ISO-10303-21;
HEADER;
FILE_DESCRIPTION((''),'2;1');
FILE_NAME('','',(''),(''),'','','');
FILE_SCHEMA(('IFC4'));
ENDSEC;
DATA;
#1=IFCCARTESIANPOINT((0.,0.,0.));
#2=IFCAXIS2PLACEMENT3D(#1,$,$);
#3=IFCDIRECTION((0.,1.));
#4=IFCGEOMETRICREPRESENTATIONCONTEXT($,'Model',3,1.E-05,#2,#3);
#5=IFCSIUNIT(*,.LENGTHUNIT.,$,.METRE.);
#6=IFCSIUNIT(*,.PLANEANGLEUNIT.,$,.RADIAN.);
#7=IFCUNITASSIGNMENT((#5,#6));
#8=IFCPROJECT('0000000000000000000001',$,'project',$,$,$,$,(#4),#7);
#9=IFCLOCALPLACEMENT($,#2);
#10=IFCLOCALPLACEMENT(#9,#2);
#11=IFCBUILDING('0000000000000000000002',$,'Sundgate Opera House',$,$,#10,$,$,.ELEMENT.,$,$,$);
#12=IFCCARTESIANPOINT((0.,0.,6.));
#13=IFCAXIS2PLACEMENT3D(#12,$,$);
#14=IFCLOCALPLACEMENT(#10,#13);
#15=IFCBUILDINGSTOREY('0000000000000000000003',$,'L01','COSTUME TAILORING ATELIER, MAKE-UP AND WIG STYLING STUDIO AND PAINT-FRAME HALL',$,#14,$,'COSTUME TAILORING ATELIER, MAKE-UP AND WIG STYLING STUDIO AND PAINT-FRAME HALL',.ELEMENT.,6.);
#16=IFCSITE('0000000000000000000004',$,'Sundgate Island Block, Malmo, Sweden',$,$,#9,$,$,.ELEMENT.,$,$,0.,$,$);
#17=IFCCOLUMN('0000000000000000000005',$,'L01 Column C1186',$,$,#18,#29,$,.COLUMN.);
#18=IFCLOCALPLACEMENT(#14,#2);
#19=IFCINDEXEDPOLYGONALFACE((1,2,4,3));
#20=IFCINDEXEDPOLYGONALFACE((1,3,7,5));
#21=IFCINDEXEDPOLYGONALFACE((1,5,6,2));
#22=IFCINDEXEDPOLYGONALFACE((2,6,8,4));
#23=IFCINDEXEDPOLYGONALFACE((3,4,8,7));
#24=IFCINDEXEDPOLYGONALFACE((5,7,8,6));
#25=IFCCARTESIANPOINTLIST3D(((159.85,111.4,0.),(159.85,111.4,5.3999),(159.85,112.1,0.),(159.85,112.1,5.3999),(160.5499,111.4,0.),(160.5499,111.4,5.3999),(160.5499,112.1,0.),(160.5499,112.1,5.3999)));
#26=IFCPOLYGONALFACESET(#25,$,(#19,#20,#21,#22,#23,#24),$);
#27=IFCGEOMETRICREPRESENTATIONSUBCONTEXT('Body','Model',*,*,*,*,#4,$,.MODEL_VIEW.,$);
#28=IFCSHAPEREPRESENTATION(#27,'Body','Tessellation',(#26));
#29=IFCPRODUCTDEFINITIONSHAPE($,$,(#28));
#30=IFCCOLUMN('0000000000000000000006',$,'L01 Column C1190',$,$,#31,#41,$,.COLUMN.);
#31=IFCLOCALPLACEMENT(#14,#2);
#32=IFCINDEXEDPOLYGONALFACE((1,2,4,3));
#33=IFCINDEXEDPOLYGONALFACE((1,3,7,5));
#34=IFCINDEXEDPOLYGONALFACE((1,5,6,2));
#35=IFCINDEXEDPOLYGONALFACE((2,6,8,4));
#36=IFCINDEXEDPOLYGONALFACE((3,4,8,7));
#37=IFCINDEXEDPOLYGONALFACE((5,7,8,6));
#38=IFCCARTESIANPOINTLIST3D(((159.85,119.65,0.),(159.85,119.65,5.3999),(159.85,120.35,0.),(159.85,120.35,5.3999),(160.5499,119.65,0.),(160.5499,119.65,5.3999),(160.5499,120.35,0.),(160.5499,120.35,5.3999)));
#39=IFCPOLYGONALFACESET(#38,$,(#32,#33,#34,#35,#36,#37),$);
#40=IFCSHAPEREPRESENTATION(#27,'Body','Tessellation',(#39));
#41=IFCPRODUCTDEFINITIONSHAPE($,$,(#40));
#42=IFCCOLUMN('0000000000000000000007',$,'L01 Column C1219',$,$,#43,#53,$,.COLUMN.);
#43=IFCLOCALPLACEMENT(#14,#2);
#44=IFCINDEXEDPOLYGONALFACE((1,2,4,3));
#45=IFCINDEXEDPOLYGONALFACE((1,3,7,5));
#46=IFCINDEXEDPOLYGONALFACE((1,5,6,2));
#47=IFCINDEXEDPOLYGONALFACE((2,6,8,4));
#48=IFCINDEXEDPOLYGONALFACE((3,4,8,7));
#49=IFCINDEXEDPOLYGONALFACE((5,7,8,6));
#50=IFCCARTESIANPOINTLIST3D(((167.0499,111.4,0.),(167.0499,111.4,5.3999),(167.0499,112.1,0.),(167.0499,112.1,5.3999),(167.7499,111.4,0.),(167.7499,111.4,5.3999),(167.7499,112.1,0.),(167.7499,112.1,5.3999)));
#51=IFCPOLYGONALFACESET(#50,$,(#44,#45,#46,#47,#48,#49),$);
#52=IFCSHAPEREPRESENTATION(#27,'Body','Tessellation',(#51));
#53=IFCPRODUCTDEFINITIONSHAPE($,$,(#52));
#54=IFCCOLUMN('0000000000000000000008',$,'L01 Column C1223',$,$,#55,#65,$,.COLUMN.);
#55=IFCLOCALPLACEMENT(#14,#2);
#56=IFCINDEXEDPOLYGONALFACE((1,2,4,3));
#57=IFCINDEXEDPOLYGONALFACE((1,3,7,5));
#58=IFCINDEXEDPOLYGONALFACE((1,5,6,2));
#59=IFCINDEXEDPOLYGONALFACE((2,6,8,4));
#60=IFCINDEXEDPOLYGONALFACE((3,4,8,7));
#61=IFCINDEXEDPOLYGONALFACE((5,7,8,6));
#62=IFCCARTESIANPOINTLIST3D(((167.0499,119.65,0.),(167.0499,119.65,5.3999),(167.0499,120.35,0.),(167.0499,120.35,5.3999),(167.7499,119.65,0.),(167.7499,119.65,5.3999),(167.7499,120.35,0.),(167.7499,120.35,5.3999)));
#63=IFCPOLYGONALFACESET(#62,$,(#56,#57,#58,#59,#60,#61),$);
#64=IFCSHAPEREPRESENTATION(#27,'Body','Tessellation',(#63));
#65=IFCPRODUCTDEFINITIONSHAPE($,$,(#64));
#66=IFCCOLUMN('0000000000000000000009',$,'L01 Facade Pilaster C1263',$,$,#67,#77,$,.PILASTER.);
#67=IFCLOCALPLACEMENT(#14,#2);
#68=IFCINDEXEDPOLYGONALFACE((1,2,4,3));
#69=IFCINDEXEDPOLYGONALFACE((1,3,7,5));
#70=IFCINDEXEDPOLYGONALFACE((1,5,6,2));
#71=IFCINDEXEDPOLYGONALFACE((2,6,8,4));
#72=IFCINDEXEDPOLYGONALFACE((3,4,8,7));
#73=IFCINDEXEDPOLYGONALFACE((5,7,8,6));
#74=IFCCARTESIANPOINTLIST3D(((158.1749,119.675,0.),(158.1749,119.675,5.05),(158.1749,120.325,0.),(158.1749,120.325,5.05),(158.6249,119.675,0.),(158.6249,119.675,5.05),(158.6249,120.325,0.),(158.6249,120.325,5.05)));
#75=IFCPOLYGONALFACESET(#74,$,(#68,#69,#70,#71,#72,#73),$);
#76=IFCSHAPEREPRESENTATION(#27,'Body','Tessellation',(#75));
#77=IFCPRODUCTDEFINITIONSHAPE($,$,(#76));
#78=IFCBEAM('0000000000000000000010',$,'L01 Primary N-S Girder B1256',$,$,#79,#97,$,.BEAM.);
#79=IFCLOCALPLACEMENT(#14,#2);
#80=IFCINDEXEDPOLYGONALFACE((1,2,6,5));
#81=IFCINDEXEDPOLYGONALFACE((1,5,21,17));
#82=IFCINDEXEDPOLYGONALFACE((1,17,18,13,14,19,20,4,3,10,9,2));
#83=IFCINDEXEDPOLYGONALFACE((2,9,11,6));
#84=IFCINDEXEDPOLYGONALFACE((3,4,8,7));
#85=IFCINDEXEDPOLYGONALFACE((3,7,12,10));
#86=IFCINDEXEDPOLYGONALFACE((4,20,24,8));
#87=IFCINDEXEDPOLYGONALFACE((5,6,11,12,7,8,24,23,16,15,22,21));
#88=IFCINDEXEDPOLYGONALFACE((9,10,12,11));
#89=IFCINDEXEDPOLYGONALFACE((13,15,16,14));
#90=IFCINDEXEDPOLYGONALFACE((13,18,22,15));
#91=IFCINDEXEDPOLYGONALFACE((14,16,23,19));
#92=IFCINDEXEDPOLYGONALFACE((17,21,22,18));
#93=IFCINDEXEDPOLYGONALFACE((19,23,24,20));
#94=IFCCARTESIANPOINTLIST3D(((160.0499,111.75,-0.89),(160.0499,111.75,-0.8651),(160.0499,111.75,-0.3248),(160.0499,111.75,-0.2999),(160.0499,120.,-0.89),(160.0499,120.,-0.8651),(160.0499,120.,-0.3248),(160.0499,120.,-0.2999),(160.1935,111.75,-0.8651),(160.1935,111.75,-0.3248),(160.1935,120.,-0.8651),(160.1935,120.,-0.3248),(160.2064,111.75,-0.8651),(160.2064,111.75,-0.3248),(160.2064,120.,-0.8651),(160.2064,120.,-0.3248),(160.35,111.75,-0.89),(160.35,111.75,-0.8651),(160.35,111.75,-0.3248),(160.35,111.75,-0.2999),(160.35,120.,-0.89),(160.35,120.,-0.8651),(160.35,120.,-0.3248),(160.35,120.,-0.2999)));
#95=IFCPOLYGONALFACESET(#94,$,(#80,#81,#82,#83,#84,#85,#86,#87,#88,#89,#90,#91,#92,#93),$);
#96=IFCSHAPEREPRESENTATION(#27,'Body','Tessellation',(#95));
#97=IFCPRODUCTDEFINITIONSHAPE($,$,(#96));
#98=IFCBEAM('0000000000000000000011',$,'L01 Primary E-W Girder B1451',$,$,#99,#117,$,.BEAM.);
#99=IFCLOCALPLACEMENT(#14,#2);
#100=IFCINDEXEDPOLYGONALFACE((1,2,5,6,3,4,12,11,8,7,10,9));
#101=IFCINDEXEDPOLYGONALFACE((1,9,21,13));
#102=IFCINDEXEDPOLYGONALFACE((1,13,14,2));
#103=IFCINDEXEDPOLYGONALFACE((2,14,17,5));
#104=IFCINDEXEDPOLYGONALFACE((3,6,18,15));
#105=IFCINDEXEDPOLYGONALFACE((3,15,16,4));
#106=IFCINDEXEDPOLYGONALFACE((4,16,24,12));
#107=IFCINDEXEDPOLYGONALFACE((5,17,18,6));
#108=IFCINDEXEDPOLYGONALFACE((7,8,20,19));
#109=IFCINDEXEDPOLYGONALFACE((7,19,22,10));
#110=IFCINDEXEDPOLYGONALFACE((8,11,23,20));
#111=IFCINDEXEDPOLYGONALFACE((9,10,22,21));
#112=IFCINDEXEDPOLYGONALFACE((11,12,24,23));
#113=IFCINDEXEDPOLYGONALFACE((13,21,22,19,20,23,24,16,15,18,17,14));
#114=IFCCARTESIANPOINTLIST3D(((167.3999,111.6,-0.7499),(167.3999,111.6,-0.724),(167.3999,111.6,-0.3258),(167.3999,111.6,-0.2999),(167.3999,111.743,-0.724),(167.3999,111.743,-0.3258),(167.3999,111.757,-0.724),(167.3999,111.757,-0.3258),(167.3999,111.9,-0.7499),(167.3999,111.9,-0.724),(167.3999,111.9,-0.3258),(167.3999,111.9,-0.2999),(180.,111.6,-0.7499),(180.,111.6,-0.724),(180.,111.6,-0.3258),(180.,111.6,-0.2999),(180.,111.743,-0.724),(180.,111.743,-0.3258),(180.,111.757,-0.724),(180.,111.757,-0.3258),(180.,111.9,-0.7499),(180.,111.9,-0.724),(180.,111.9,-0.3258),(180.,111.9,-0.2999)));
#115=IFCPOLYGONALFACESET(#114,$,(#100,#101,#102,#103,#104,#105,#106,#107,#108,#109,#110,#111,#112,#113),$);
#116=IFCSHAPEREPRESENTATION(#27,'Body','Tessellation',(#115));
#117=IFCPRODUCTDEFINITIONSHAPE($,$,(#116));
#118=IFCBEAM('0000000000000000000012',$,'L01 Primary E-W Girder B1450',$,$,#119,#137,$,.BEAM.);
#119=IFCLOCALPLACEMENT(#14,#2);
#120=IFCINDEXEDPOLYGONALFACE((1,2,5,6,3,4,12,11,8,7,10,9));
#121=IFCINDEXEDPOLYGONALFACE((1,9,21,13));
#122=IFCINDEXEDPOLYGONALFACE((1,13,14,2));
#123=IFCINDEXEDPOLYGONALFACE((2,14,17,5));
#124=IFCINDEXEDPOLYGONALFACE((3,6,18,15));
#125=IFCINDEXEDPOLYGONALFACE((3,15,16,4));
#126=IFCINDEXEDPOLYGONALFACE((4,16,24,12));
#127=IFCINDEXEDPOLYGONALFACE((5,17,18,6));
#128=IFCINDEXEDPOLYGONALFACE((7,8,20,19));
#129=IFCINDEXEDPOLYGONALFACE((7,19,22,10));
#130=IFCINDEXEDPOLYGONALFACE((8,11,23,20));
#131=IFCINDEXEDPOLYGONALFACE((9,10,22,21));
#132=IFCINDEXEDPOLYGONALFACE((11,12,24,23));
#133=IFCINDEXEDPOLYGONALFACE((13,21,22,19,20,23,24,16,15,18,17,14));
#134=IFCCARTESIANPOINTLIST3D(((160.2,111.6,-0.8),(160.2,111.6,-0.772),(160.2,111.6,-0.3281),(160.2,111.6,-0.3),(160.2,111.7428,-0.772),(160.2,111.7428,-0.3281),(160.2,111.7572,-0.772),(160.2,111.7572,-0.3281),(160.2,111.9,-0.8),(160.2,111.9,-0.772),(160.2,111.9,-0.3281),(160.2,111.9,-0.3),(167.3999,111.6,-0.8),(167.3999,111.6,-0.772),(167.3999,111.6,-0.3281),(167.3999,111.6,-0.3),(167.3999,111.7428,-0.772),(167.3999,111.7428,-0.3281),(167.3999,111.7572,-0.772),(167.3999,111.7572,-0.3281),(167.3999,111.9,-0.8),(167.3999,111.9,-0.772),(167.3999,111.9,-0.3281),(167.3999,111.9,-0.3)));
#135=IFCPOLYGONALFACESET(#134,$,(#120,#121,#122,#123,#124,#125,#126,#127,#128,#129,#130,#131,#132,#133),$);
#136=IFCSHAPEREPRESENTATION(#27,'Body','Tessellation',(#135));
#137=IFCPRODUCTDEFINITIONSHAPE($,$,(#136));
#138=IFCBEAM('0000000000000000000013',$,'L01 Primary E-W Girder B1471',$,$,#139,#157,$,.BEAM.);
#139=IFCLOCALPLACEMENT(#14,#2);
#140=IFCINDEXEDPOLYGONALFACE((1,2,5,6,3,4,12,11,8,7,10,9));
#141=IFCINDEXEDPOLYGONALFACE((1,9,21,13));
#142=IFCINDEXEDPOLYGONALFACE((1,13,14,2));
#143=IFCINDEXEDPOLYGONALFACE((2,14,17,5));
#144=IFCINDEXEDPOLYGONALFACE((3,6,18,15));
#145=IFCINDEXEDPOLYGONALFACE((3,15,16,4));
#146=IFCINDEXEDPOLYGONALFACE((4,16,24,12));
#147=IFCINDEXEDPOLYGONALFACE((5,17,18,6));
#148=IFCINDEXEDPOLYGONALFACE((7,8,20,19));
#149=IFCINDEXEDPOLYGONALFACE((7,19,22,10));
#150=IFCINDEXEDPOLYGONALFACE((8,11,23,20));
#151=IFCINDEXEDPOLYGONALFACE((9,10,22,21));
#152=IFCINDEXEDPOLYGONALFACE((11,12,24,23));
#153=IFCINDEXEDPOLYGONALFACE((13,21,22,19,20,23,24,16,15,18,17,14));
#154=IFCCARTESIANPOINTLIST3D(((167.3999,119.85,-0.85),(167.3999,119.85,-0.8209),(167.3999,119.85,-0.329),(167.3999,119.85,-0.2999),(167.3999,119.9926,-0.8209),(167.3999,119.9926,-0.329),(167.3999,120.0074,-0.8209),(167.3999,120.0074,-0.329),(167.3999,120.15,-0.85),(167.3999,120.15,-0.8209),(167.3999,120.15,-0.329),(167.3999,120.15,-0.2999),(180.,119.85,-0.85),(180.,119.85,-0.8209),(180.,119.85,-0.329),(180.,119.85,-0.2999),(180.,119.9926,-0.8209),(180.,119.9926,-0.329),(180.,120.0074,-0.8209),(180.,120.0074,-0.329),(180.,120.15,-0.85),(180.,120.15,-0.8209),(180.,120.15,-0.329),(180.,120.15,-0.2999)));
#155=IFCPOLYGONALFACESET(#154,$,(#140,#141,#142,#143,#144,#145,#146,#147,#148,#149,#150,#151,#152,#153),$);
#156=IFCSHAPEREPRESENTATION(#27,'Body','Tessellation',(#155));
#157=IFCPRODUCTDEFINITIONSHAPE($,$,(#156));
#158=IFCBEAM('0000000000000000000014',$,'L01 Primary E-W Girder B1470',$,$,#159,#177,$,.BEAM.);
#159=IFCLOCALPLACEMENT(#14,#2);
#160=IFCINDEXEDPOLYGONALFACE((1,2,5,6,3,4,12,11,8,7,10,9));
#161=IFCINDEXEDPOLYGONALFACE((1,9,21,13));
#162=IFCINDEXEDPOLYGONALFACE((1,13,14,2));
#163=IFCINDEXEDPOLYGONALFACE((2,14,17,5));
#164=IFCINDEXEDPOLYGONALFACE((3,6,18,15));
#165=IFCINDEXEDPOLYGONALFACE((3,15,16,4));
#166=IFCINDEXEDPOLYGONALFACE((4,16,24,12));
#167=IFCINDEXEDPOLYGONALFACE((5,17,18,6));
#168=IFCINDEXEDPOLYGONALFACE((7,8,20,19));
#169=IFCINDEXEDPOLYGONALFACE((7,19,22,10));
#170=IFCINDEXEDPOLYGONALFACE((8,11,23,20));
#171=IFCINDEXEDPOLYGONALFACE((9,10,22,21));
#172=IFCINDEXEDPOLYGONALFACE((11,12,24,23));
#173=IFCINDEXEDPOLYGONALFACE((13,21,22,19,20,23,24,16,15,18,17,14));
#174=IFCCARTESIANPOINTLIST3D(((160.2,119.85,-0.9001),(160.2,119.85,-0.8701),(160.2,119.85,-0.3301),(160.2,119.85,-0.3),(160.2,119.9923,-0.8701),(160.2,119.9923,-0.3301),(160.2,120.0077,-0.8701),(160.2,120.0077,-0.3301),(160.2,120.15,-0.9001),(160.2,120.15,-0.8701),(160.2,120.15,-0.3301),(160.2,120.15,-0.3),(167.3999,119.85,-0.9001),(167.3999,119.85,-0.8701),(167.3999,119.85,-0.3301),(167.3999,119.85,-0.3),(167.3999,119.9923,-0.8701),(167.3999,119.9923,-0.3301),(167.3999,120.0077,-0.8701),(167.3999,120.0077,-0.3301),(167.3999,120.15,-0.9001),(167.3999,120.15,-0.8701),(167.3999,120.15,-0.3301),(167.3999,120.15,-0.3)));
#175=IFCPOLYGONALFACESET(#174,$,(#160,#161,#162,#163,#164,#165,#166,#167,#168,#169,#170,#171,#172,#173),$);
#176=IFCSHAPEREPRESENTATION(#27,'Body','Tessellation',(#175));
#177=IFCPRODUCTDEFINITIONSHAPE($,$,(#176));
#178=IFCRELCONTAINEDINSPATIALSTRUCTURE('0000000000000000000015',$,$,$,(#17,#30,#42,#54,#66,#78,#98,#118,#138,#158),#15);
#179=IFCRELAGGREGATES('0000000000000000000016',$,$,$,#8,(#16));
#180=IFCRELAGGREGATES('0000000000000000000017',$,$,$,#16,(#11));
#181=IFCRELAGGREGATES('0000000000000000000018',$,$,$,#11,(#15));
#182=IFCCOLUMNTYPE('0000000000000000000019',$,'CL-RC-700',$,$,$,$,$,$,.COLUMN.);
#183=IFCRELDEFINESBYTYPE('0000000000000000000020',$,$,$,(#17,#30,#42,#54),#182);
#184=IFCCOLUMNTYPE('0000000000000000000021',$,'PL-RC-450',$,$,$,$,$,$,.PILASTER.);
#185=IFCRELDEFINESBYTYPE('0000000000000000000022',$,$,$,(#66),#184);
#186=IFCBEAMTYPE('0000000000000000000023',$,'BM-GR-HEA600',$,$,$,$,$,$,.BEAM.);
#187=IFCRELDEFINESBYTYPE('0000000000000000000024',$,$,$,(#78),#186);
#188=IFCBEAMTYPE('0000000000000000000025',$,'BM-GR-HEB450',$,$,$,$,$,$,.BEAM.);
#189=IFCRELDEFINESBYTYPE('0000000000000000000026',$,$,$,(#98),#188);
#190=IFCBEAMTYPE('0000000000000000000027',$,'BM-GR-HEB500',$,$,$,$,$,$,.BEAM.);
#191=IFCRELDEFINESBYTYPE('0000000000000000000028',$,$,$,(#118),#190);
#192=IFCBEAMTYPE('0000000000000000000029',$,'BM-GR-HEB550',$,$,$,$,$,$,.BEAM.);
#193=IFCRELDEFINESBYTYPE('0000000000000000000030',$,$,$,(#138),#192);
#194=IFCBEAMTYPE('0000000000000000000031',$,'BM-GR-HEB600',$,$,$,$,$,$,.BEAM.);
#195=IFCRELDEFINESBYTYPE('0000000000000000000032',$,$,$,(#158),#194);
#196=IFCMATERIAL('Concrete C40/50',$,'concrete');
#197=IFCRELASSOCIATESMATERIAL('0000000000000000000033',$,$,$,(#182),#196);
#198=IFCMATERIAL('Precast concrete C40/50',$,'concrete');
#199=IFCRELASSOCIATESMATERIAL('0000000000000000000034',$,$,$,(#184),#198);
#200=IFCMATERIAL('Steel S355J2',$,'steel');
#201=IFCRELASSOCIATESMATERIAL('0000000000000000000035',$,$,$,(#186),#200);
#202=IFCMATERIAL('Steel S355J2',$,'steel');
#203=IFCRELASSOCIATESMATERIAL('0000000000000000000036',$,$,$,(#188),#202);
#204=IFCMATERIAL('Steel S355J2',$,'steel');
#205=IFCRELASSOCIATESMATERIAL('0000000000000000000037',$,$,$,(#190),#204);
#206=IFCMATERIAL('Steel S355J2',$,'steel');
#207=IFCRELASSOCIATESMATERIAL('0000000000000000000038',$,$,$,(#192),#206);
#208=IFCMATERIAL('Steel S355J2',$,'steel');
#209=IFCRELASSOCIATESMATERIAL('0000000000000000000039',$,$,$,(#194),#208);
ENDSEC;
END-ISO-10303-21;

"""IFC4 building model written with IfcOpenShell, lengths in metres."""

from ifc_helpers import new_model, si_unit, direction, frame, origin, origin_2d, place, context, subcontext, project, spatial, rectangle, i_section, extrude, material, material_profile, profile_set, type_object, element, save


model = new_model("IFC4")

# Units and contexts
model_context = context("Model", 3, precision=1e-05, world=origin(), true_north=direction((0.0, 1.0)))
body_context = subcontext(model_context, "Body", "Model", "MODEL_VIEW")
ifc_project = project(units=[si_unit("LENGTHUNIT", "METRE"), si_unit("PLANEANGLEUNIT", "RADIAN")], contexts=[model_context])

# Site, building, storey
site_placement = place(None, origin())
site = spatial("IfcSite", under=ifc_project, at=site_placement, Name="Sundgate Island Block, Malmo, Sweden", CompositionType="ELEMENT", RefElevation=0.0)
building_placement = place(site_placement, origin())
building = spatial("IfcBuilding", under=site, at=building_placement, Name="Sundgate Opera House", CompositionType="ELEMENT")
storey_placement = place(building_placement, frame((0.0, 0.0, 6.0)))
storey = spatial("IfcBuildingStorey", under=building, at=storey_placement, Name="L01", Description="COSTUME TAILORING ATELIER, MAKE-UP AND WIG STYLING STUDIO AND PAINT-FRAME HALL", LongName="COSTUME TAILORING ATELIER, MAKE-UP AND WIG STYLING STUDIO AND PAINT-FRAME HALL", CompositionType="ELEMENT", Elevation=6.0)

# Columns
ifc_material_1 = material(Name="Concrete C40/50", Category="concrete")
ifc_material_profile_1 = material_profile(ifc_material_1, rectangle(XDim=0.7, YDim=0.7, at=origin_2d()), Name="RC 700x700")
ifc_profile_set_1 = profile_set([ifc_material_profile_1], Name="Concrete C40/50")
column_type_1 = type_object("IfcColumnType", Name="CL-RC-700", PredefinedType="COLUMN", material=ifc_profile_set_1)
for number, where, z_axis, x_axis, name in (
    (1, (160.2, 111.75, 0.0), (0.0, 0.0, 1.0), (1.0, 0.0, 0.0), "L01 Column C1186"),
    (2, (160.2, 120.0, 0.0), (0.0, 0.0, 1.0), (1.0, 0.0, 0.0), "L01 Column C1190"),
    (3, (167.3999, 111.75, 0.0), (0.0, 0.0, 1.0), (1.0, 0.0, 0.0), "L01 Column C1219"),
    (4, (167.3999, 120.0, 0.0), (0.0, 0.0, 1.0), (1.0, 0.0, 0.0), "L01 Column C1223"),
):
    element("IfcColumn", number, at=place(storey_placement, frame(where, z_axis=z_axis, x_axis=x_axis)), inside=storey, type_object=column_type_1, Name=name, PredefinedType="COLUMN", context=body_context, shape_type="SweptSolid", body=[
        extrude(rectangle(XDim=0.7, YDim=0.7, at=origin_2d()), origin(), (0.0, 0.0, 1.0), 5.3999),
    ])
ifc_material_2 = material(Name="Precast concrete C40/50", Category="concrete")
ifc_material_profile_2 = material_profile(ifc_material_2, rectangle(XDim=0.45, YDim=0.6499, at=origin_2d()), Name="RC 450x650")
ifc_profile_set_2 = profile_set([ifc_material_profile_2], Name="Precast concrete C40/50")
column_type_2 = type_object("IfcColumnType", Name="PL-RC-450", PredefinedType="PILASTER", material=ifc_profile_set_2)
column_placement = place(storey_placement, frame((158.3999, 120.0, 0.0), z_axis=(0.0, 0.0, 1.0), x_axis=(1.0, 0.0, 0.0)))
element("IfcColumn", 5, at=column_placement, inside=storey, type_object=column_type_2, Name="L01 Facade Pilaster C1263", PredefinedType="PILASTER", context=body_context, shape_type="SweptSolid", body=[
    extrude(rectangle(XDim=0.45, YDim=0.6499, at=origin_2d()), origin(), (0.0, 0.0, 1.0), 5.05),
])

# Beams
ifc_material_3 = material(Name="Steel S355J2", Category="steel")
ifc_material_profile_3 = material_profile(ifc_material_3, i_section(OverallWidth=0.3, OverallDepth=0.5901, WebThickness=0.0129, FlangeThickness=0.0249, at=origin_2d()), Name="HEA 600")
ifc_profile_set_3 = profile_set([ifc_material_profile_3], Name="Steel S355J2")
beam_type_1 = type_object("IfcBeamType", Name="BM-GR-HEA600", PredefinedType="BEAM", material=ifc_profile_set_3)
beam_1_placement = place(storey_placement, frame((160.2, 111.75, -0.595), z_axis=(0.0, 1.0, 0.0), x_axis=(-1.0, 0.0, 0.0)))
element("IfcBeam", 6, at=beam_1_placement, inside=storey, type_object=beam_type_1, Name="L01 Primary N-S Girder B1256", PredefinedType="BEAM", context=body_context, shape_type="SweptSolid", body=[
    extrude(i_section(OverallWidth=0.3, OverallDepth=0.5901, WebThickness=0.0129, FlangeThickness=0.0249, at=origin_2d()), origin(), (0.0, 0.0, 1.0), 8.25),
])
ifc_material_4 = material(Name="Steel S355J2", Category="steel")
ifc_material_profile_4 = material_profile(ifc_material_4, i_section(OverallWidth=0.3, OverallDepth=0.45, WebThickness=0.0139, FlangeThickness=0.0259, at=origin_2d()), Name="HEB 450")
ifc_profile_set_4 = profile_set([ifc_material_profile_4], Name="Steel S355J2")
beam_type_2 = type_object("IfcBeamType", Name="BM-GR-HEB450", PredefinedType="BEAM", material=ifc_profile_set_4)
beam_2_placement = place(storey_placement, frame((167.3999, 111.75, -0.5249), z_axis=(1.0, 0.0, 0.0), x_axis=(0.0, 1.0, 0.0)))
element("IfcBeam", 7, at=beam_2_placement, inside=storey, type_object=beam_type_2, Name="L01 Primary E-W Girder B1451", PredefinedType="BEAM", context=body_context, shape_type="SweptSolid", body=[
    extrude(i_section(OverallWidth=0.3, OverallDepth=0.45, WebThickness=0.0139, FlangeThickness=0.0259, at=origin_2d()), origin(), (0.0, 0.0, 1.0), 12.6001),
])
ifc_material_5 = material(Name="Steel S355J2", Category="steel")
ifc_material_profile_5 = material_profile(ifc_material_5, i_section(OverallWidth=0.3, OverallDepth=0.5, WebThickness=0.0144, FlangeThickness=0.0281, at=origin_2d()), Name="HEB 500")
ifc_profile_set_5 = profile_set([ifc_material_profile_5], Name="Steel S355J2")
beam_type_3 = type_object("IfcBeamType", Name="BM-GR-HEB500", PredefinedType="BEAM", material=ifc_profile_set_5)
beam_3_placement = place(storey_placement, frame((160.2, 111.75, -0.55), z_axis=(1.0, 0.0, 0.0), x_axis=(0.0, 1.0, 0.0)))
element("IfcBeam", 8, at=beam_3_placement, inside=storey, type_object=beam_type_3, Name="L01 Primary E-W Girder B1450", PredefinedType="BEAM", context=body_context, shape_type="SweptSolid", body=[
    extrude(i_section(OverallWidth=0.3, OverallDepth=0.5, WebThickness=0.0144, FlangeThickness=0.0281, at=origin_2d()), origin(), (0.0, 0.0, 1.0), 7.2),
])
ifc_material_6 = material(Name="Steel S355J2", Category="steel")
ifc_material_profile_6 = material_profile(ifc_material_6, i_section(OverallWidth=0.3, OverallDepth=0.55, WebThickness=0.0149, FlangeThickness=0.0291, at=origin_2d()), Name="HEB 550")
ifc_profile_set_6 = profile_set([ifc_material_profile_6], Name="Steel S355J2")
beam_type_4 = type_object("IfcBeamType", Name="BM-GR-HEB550", PredefinedType="BEAM", material=ifc_profile_set_6)
beam_4_placement = place(storey_placement, frame((167.3999, 120.0, -0.575), z_axis=(1.0, 0.0, 0.0), x_axis=(0.0, 1.0, 0.0)))
element("IfcBeam", 9, at=beam_4_placement, inside=storey, type_object=beam_type_4, Name="L01 Primary E-W Girder B1471", PredefinedType="BEAM", context=body_context, shape_type="SweptSolid", body=[
    extrude(i_section(OverallWidth=0.3, OverallDepth=0.55, WebThickness=0.0149, FlangeThickness=0.0291, at=origin_2d()), origin(), (0.0, 0.0, 1.0), 12.6001),
])
ifc_material_7 = material(Name="Steel S355J2", Category="steel")
ifc_material_profile_7 = material_profile(ifc_material_7, i_section(OverallWidth=0.3, OverallDepth=0.6001, WebThickness=0.0154, FlangeThickness=0.03, at=origin_2d()), Name="HEB 600")
ifc_profile_set_7 = profile_set([ifc_material_profile_7], Name="Steel S355J2")
beam_type_5 = type_object("IfcBeamType", Name="BM-GR-HEB600", PredefinedType="BEAM", material=ifc_profile_set_7)
beam_5_placement = place(storey_placement, frame((160.2, 120.0, -0.6001), z_axis=(1.0, 0.0, 0.0), x_axis=(0.0, 1.0, 0.0)))
element("IfcBeam", 10, at=beam_5_placement, inside=storey, type_object=beam_type_5, Name="L01 Primary E-W Girder B1470", PredefinedType="BEAM", context=body_context, shape_type="SweptSolid", body=[
    extrude(i_section(OverallWidth=0.3, OverallDepth=0.6001, WebThickness=0.0154, FlangeThickness=0.03, at=origin_2d()), origin(), (0.0, 0.0, 1.0), 7.2),
])

save(model, "model.ifc")
